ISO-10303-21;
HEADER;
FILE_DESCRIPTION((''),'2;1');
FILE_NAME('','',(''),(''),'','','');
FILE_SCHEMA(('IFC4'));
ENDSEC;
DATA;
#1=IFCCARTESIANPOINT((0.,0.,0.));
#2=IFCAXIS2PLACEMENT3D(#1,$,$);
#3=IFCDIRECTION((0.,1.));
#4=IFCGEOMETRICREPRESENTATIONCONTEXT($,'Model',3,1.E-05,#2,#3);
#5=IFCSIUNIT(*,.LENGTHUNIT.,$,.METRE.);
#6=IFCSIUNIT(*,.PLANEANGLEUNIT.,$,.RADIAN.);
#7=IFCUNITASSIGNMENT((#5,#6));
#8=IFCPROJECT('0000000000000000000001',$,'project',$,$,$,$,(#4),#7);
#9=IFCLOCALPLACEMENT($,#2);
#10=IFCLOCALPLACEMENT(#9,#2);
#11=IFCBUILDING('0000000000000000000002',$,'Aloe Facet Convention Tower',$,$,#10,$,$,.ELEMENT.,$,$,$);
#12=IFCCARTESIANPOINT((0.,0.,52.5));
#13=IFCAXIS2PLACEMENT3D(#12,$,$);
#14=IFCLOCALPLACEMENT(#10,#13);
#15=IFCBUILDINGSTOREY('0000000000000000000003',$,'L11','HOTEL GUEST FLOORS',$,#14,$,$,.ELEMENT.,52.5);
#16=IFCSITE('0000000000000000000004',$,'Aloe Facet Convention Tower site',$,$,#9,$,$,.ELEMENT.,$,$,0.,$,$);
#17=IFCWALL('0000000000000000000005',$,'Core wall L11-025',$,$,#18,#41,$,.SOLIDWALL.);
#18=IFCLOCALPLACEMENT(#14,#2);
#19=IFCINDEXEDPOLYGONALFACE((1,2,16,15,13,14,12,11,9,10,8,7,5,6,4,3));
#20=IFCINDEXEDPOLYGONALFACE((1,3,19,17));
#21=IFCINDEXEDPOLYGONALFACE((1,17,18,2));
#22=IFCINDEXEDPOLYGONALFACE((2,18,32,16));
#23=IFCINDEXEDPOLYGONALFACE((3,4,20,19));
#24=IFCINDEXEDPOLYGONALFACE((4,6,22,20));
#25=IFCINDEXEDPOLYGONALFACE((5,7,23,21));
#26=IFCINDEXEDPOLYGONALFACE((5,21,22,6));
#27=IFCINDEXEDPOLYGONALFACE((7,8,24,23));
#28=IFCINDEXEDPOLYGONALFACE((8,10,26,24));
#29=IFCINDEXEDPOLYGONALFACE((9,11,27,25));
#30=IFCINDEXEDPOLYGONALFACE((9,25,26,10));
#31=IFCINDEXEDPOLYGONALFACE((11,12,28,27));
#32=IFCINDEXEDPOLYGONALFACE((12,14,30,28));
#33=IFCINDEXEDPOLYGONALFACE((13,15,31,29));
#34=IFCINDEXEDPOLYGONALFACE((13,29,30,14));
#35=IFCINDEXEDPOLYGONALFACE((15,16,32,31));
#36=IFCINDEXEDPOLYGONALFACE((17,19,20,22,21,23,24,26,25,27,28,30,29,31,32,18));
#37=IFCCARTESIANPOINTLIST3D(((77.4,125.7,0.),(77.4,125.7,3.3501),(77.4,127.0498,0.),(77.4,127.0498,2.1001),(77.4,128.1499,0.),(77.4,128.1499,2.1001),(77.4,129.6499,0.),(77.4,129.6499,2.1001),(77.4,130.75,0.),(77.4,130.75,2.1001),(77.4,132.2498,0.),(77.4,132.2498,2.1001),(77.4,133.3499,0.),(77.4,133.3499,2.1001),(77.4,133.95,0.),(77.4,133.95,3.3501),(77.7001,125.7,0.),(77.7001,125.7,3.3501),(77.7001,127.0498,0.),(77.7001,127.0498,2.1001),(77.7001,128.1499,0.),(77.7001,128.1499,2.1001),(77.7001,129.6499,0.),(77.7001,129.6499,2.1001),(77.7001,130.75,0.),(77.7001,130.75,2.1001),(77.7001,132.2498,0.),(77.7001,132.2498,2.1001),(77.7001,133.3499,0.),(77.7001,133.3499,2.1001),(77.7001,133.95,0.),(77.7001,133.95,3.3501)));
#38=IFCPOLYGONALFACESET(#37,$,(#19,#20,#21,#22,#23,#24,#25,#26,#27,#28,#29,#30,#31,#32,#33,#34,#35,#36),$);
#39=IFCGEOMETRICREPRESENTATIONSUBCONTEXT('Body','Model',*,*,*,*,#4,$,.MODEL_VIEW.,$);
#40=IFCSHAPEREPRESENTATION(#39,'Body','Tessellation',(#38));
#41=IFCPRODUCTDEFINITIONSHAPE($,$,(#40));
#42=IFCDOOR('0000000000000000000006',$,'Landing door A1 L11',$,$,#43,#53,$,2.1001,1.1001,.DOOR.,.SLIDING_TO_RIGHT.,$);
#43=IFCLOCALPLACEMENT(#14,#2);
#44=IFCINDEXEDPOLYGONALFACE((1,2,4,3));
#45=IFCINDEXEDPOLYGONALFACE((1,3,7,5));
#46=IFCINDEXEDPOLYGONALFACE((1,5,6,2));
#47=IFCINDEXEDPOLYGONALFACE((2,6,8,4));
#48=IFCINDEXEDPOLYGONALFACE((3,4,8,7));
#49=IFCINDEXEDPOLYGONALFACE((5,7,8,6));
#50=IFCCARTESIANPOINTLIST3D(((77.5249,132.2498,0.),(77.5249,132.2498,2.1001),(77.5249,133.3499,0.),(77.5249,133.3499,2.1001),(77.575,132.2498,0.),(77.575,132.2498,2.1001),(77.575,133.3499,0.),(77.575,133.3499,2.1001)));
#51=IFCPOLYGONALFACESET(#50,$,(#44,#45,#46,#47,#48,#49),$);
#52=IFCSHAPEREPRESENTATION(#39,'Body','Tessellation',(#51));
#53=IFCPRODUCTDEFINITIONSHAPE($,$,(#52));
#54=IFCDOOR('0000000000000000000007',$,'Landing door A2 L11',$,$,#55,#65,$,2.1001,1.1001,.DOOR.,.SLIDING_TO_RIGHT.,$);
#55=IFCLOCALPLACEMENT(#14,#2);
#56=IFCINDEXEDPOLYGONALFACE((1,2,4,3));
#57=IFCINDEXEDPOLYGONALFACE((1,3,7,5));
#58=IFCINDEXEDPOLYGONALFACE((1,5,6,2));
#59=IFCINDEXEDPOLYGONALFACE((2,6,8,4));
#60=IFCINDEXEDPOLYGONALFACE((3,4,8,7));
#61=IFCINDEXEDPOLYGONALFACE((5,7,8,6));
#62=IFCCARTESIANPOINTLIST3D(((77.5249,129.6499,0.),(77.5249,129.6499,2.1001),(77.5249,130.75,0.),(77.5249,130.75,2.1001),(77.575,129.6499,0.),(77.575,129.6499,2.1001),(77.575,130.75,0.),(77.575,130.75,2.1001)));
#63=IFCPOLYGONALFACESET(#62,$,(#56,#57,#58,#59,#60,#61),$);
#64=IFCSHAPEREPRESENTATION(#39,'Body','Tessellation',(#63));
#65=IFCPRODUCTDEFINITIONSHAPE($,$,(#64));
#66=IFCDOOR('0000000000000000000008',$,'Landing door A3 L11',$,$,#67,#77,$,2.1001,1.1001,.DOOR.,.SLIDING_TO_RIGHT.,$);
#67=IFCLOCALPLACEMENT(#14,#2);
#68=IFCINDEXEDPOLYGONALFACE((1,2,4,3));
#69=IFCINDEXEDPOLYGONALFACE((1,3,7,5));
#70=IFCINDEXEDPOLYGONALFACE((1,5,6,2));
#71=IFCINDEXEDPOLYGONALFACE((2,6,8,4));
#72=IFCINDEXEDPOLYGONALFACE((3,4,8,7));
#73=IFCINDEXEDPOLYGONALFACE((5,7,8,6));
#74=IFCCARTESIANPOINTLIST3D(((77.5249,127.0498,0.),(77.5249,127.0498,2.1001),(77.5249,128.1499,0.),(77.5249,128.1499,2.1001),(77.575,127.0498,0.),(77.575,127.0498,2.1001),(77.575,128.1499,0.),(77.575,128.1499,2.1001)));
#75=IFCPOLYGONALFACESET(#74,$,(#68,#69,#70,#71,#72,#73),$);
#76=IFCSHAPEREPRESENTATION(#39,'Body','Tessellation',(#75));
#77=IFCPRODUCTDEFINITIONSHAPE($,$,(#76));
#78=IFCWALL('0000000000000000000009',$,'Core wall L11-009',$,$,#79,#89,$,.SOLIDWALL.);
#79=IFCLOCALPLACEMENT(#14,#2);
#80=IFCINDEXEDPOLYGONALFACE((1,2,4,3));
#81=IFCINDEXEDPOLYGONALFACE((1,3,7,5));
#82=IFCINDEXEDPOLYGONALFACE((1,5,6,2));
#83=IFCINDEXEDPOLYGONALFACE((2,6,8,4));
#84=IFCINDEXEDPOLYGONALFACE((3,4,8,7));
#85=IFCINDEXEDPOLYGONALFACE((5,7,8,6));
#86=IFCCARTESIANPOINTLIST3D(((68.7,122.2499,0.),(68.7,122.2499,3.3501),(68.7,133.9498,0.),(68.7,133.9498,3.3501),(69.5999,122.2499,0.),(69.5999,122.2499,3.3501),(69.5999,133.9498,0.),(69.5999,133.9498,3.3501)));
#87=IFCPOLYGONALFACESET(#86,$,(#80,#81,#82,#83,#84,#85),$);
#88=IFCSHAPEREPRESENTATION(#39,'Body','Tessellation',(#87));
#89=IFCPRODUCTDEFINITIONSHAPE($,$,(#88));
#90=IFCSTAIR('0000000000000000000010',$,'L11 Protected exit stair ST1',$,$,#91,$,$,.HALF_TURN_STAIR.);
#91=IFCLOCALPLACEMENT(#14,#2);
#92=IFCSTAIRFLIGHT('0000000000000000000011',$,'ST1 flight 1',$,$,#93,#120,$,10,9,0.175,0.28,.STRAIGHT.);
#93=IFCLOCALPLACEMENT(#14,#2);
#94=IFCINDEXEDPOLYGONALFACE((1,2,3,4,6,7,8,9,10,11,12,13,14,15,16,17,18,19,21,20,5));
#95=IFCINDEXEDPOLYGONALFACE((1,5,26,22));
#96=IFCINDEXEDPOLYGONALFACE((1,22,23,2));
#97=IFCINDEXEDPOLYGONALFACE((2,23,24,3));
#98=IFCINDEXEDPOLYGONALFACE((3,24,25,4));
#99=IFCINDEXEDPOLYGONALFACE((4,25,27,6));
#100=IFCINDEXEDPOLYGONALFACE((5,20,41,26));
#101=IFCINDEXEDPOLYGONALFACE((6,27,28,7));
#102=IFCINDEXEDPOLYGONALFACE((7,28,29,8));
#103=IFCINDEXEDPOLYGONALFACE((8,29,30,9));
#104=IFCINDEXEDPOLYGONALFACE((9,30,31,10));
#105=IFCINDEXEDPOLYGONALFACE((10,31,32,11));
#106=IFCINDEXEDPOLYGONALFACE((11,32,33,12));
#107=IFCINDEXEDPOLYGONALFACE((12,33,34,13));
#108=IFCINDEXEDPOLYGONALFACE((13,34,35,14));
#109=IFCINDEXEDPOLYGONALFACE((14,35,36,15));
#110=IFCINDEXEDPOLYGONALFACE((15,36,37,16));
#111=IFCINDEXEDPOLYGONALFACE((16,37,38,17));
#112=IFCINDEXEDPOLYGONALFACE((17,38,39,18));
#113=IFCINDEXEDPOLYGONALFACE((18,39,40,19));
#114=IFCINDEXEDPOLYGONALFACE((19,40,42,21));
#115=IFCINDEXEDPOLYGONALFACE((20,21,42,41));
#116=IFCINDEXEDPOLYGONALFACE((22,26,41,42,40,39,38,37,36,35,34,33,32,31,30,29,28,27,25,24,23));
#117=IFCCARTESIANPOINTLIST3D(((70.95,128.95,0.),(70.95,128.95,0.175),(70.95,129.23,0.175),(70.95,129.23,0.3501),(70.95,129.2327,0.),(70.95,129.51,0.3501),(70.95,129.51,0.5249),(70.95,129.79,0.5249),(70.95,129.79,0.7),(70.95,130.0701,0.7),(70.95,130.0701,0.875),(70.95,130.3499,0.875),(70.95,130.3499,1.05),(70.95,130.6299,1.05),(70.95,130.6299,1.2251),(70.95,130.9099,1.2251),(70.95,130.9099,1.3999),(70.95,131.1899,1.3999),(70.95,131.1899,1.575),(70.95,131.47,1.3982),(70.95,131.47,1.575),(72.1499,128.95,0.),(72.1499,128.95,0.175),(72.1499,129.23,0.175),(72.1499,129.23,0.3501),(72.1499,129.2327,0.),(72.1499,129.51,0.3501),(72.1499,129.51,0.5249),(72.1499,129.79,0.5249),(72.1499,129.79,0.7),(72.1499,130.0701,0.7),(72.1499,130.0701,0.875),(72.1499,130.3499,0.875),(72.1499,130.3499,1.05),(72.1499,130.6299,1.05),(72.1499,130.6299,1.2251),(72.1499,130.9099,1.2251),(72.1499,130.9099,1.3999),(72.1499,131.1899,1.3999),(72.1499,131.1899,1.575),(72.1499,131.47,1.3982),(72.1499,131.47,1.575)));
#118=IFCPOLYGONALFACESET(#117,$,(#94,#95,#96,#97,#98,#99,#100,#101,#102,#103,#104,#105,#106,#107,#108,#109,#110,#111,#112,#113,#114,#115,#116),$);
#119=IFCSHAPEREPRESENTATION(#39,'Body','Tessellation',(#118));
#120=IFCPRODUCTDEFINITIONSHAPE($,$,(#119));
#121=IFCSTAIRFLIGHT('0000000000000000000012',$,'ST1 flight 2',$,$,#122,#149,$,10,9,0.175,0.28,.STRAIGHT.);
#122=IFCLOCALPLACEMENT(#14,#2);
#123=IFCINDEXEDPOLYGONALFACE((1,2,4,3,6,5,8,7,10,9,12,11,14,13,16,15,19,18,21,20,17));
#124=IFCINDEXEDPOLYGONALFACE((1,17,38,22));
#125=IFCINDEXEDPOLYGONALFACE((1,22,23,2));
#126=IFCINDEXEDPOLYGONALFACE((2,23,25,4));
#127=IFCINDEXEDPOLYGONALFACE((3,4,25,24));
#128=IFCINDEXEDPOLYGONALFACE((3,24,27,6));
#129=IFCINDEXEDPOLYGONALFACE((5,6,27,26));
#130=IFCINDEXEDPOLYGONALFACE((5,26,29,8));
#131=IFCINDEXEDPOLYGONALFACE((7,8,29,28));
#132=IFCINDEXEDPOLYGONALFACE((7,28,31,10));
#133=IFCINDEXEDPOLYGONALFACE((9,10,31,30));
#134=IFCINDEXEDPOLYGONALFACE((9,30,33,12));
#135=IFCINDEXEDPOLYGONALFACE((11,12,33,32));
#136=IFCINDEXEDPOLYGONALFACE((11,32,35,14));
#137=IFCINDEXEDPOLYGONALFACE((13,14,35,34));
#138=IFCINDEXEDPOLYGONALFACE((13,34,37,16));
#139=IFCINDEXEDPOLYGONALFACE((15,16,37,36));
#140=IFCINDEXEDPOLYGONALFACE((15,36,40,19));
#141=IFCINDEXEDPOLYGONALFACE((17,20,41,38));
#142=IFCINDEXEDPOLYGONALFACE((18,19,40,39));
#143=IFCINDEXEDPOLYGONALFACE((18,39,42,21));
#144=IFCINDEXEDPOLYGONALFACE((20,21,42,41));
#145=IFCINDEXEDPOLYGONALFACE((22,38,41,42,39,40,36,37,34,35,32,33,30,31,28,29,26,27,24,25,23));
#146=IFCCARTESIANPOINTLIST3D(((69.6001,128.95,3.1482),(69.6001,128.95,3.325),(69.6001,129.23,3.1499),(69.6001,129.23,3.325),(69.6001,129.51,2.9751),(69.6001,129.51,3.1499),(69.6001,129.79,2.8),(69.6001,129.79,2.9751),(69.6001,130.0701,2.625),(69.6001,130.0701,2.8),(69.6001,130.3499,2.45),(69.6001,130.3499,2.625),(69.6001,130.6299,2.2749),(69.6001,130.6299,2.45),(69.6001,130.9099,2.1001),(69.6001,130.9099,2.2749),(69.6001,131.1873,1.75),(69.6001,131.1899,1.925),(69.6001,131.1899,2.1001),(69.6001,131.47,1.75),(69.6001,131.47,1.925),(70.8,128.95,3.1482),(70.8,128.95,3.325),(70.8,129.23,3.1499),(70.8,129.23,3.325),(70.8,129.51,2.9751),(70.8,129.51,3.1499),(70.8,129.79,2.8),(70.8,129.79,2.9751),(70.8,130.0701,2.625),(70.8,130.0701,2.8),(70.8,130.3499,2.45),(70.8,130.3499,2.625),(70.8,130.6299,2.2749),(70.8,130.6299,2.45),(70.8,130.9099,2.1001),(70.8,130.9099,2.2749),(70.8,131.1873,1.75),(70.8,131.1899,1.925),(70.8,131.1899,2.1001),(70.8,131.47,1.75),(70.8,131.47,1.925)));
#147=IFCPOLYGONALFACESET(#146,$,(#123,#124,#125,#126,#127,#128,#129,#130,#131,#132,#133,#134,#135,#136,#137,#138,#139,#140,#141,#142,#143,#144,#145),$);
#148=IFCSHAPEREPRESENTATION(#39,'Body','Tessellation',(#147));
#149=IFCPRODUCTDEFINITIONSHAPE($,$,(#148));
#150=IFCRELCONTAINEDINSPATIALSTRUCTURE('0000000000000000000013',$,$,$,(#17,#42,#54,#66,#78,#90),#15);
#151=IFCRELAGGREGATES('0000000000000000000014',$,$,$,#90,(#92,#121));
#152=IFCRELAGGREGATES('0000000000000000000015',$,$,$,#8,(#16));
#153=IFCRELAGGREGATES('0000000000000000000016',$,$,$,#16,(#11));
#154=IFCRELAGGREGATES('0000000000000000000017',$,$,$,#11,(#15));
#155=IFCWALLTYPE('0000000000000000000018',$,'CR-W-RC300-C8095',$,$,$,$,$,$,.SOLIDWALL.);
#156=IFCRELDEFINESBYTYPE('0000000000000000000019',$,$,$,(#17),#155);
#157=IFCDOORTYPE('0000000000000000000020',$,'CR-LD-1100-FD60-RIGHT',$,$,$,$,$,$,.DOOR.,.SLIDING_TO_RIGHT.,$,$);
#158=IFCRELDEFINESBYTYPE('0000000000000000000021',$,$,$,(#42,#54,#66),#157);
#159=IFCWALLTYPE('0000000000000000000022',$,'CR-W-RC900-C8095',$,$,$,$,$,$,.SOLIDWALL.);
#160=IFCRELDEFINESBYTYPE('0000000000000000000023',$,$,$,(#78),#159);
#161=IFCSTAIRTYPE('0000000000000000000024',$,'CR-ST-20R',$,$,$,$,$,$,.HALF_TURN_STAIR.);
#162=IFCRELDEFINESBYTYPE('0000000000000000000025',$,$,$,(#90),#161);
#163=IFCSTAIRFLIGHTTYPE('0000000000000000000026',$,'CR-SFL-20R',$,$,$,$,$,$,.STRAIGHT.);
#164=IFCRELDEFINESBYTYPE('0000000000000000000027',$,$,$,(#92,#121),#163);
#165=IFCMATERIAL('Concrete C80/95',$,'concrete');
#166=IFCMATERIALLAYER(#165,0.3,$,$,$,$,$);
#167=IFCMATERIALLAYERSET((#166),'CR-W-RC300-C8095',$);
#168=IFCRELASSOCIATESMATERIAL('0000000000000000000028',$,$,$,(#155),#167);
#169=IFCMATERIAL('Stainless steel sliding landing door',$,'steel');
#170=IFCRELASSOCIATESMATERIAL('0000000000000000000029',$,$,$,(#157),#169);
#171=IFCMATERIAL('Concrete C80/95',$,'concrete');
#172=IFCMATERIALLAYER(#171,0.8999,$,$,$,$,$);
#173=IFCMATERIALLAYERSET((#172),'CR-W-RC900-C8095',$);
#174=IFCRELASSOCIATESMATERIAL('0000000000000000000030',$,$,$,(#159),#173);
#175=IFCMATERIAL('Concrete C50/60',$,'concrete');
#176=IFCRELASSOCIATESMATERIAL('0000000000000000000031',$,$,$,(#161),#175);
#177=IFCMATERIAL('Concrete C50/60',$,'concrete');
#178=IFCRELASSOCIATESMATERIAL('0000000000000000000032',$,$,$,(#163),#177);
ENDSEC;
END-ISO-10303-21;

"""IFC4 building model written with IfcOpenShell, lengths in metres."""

from ifc_helpers import new_model, si_unit, direction, frame, frame_2d, origin, place, context, subcontext, project, spatial, polyline, rectangle, outline, extrude, material, layer, layer_set, type_object, element, fill, aggregate, save


model = new_model("IFC4")

# Units and contexts
model_context = context("Model", 3, precision=1e-05, world=origin(), true_north=direction((0.0, 1.0)))
body_context = subcontext(model_context, "Body", "Model", "MODEL_VIEW")
ifc_project = project(units=[si_unit("LENGTHUNIT", "METRE"), si_unit("PLANEANGLEUNIT", "RADIAN")], contexts=[model_context])

# Site, building, storey
site_placement = place(None, origin())
site = spatial("IfcSite", under=ifc_project, at=site_placement, Name="Aloe Facet Convention Tower site", CompositionType="ELEMENT", RefElevation=0.0)
building_placement = place(site_placement, origin())
building = spatial("IfcBuilding", under=site, at=building_placement, Name="Aloe Facet Convention Tower", CompositionType="ELEMENT")
storey_placement = place(building_placement, frame((0.0, 0.0, 52.5)))
storey = spatial("IfcBuildingStorey", under=building, at=storey_placement, Name="L11", Description="HOTEL GUEST FLOORS", CompositionType="ELEMENT", Elevation=52.5)

# Shared definitions
ifc_material_1 = material(Name="Concrete C80/95", Category="concrete")
ifc_layer_1 = layer(ifc_material_1, 0.3)
ifc_layer_set_1 = layer_set([ifc_layer_1], Name="CR-W-RC300-C8095")
wall_type_1 = type_object("IfcWallType", Name="CR-W-RC300-C8095", PredefinedType="SOLIDWALL", material=ifc_layer_set_1)

# Wall, openings, doors
wall_1_placement = place(storey_placement, frame((77.55, 133.95, 0.0), z_axis=(0.0, 0.0, 1.0), x_axis=(0.0, -1.0, 0.0)))
wall_1 = element("IfcWall", 1, at=wall_1_placement, inside=storey, type_object=wall_type_1, Name="Core wall L11-025", PredefinedType="SOLIDWALL", context=body_context, shape_type="SweptSolid", body=[
    extrude(rectangle(XDim=8.25, YDim=0.3, at=frame_2d((4.125, 0.0))), origin(), (0.0, 0.0, 1.0), 3.3501),
])
opening_1_placement = place(wall_1_placement, frame((0.6001, 0.0, 0.0)))
opening_1 = element("IfcOpeningElement", 2, at=opening_1_placement, cuts=wall_1, PredefinedType="OPENING", context=body_context, shape_type="SweptSolid", body=[
    extrude(rectangle(XDim=1.1001, YDim=2.1001, at=frame_2d((0.55, 1.05))), frame((0.0, 0.1602, 0.0), z_axis=(0.0, -1.0, 0.0), x_axis=(1.0, 0.0, 0.0)), (0.0, 0.0, 1.0), 0.3201),
])
opening_2_placement = place(wall_1_placement, frame((3.2, 0.0, 0.0)))
opening_2 = element("IfcOpeningElement", 3, at=opening_2_placement, cuts=wall_1, PredefinedType="OPENING", context=body_context, shape_type="SweptSolid", body=[
    extrude(rectangle(XDim=1.1001, YDim=2.1001, at=frame_2d((0.55, 1.05))), frame((0.0, 0.1602, 0.0), z_axis=(0.0, -1.0, 0.0), x_axis=(1.0, 0.0, 0.0)), (0.0, 0.0, 1.0), 0.3201),
])
opening_3_placement = place(wall_1_placement, frame((5.8, 0.0, 0.0)))
opening_3 = element("IfcOpeningElement", 4, at=opening_3_placement, cuts=wall_1, PredefinedType="OPENING", context=body_context, shape_type="SweptSolid", body=[
    extrude(rectangle(XDim=1.1001, YDim=2.1001, at=frame_2d((0.55, 1.05))), frame((0.0, 0.1602, 0.0), z_axis=(0.0, -1.0, 0.0), x_axis=(1.0, 0.0, 0.0)), (0.0, 0.0, 1.0), 0.3201),
])
ifc_material_2 = material(Name="Stainless steel sliding landing door", Category="steel")
door_type_1 = type_object("IfcDoorType", Name="CR-LD-1100-FD60-RIGHT", OperationType="SLIDING_TO_RIGHT", PredefinedType="DOOR", material=ifc_material_2)
door_1_placement = place(opening_1_placement, origin())
door_1 = element("IfcDoor", 5, at=door_1_placement, inside=storey, type_object=door_type_1, Name="Landing door A1 L11", OperationType="SLIDING_TO_RIGHT", OverallHeight=2.1001, OverallWidth=1.1001, PredefinedType="DOOR", context=body_context, shape_type="SweptSolid", body=[
    extrude(rectangle(XDim=1.1001, YDim=2.1001, at=frame_2d((0.55, 1.05))), frame((0.0, 0.0249, 0.0), z_axis=(0.0, -1.0, 0.0), x_axis=(1.0, 0.0, 0.0)), (0.0, 0.0, 1.0), 0.05),
])
fill(opening_1, door_1)
door_2_placement = place(opening_2_placement, origin())
door_2 = element("IfcDoor", 6, at=door_2_placement, inside=storey, type_object=door_type_1, Name="Landing door A2 L11", OperationType="SLIDING_TO_RIGHT", OverallHeight=2.1001, OverallWidth=1.1001, PredefinedType="DOOR", context=body_context, shape_type="SweptSolid", body=[
    extrude(rectangle(XDim=1.1001, YDim=2.1001, at=frame_2d((0.55, 1.05))), frame((0.0, 0.0249, 0.0), z_axis=(0.0, -1.0, 0.0), x_axis=(1.0, 0.0, 0.0)), (0.0, 0.0, 1.0), 0.05),
])
fill(opening_2, door_2)
door_3_placement = place(opening_3_placement, origin())
door_3 = element("IfcDoor", 7, at=door_3_placement, inside=storey, type_object=door_type_1, Name="Landing door A3 L11", OperationType="SLIDING_TO_RIGHT", OverallHeight=2.1001, OverallWidth=1.1001, PredefinedType="DOOR", context=body_context, shape_type="SweptSolid", body=[
    extrude(rectangle(XDim=1.1001, YDim=2.1001, at=frame_2d((0.55, 1.05))), frame((0.0, 0.0249, 0.0), z_axis=(0.0, -1.0, 0.0), x_axis=(1.0, 0.0, 0.0)), (0.0, 0.0, 1.0), 0.05),
])
fill(opening_3, door_3)

# Wall
ifc_material_3 = material(Name="Concrete C80/95", Category="concrete")
ifc_layer_2 = layer(ifc_material_3, 0.8999)
ifc_layer_set_2 = layer_set([ifc_layer_2], Name="CR-W-RC900-C8095")
wall_type_2 = type_object("IfcWallType", Name="CR-W-RC900-C8095", PredefinedType="SOLIDWALL", material=ifc_layer_set_2)
wall_2_placement = place(storey_placement, frame((69.1499, 133.95, 0.0), z_axis=(0.0, 0.0, 1.0), x_axis=(0.0, -1.0, 0.0)))
element("IfcWall", 8, at=wall_2_placement, inside=storey, type_object=wall_type_2, Name="Core wall L11-009", PredefinedType="SOLIDWALL", context=body_context, shape_type="SweptSolid", body=[
    extrude(rectangle(XDim=11.7, YDim=0.8999, at=frame_2d((5.8501, 0.0))), origin(), (0.0, 0.0, 1.0), 3.3501),
])

# Stair, stair flights
ifc_material_4 = material(Name="Concrete C50/60", Category="concrete")
stair_type = type_object("IfcStairType", Name="CR-ST-20R", PredefinedType="HALF_TURN_STAIR", material=ifc_material_4)
stair_placement = place(storey_placement, origin())
stair = element("IfcStair", 9, at=stair_placement, inside=storey, type_object=stair_type, Name="L11 Protected exit stair ST1", PredefinedType="HALF_TURN_STAIR")
ifc_material_5 = material(Name="Concrete C50/60", Category="concrete")
stair_flight_type = type_object("IfcStairFlightType", Name="CR-SFL-20R", PredefinedType="STRAIGHT", material=ifc_material_5)
stair_flight_1_placement = place(storey_placement, frame((71.55, 128.95, 0.0), z_axis=(0.0, 0.0, 1.0), x_axis=(0.0, 1.0, 0.0)))
stair_flight_1 = element("IfcStairFlight", 10, at=stair_flight_1_placement, type_object=stair_flight_type, Name="ST1 flight 1", NumberOfRisers=10, NumberOfTreads=9, PredefinedType="STRAIGHT", RiserHeight=0.175, TreadLength=0.28, context=body_context, shape_type="SweptSolid", body=[
    extrude(outline(polyline([(0.0, 0.0), (0.0, 0.175), (0.28, 0.175), (0.28, 0.3501), (0.5601, 0.3501), (0.5601, 0.5249), (0.8401, 0.5249), (0.8401, 0.7), (1.1201, 0.7), (1.1201, 0.875), (1.3999, 0.875), (1.3999, 1.05), (1.6799, 1.05), (1.6799, 1.2251), (1.96, 1.2251), (1.96, 1.3999), (2.24, 1.3999), (2.24, 1.575), (2.52, 1.575), (2.52, 1.75), (2.52, 1.3982), (0.2827, 0.0), (0.0, 0.0)])), frame((0.0, 0.6001, 0.0), z_axis=(0.0, -1.0, 0.0), x_axis=(1.0, 0.0, 0.0)), (0.0, 0.0, 1.0), 1.2),
])
stair_flight_2_placement = place(storey_placement, frame((70.2, 131.47, 1.75), z_axis=(0.0, 0.0, 1.0), x_axis=(0.0, -1.0, 0.0)))
stair_flight_2 = element("IfcStairFlight", 11, at=stair_flight_2_placement, type_object=stair_flight_type, Name="ST1 flight 2", NumberOfRisers=10, NumberOfTreads=9, PredefinedType="STRAIGHT", RiserHeight=0.175, TreadLength=0.28, context=body_context, shape_type="SweptSolid", body=[
    extrude(outline(polyline([(0.0, 0.0), (0.0, 0.175), (0.28, 0.175), (0.28, 0.3501), (0.5601, 0.3501), (0.5601, 0.5249), (0.8401, 0.5249), (0.8401, 0.7), (1.1201, 0.7), (1.1201, 0.875), (1.3999, 0.875), (1.3999, 1.05), (1.6799, 1.05), (1.6799, 1.2251), (1.96, 1.2251), (1.96, 1.3999), (2.24, 1.3999), (2.24, 1.575), (2.52, 1.575), (2.52, 1.75), (2.52, 1.3982), (0.2827, 0.0), (0.0, 0.0)])), frame((0.0, 0.6001, 0.0), z_axis=(0.0, -1.0, 0.0), x_axis=(1.0, 0.0, 0.0)), (0.0, 0.0, 1.0), 1.2),
])
aggregate(stair, [stair_flight_1, stair_flight_2])

save(model, "model.ifc")
